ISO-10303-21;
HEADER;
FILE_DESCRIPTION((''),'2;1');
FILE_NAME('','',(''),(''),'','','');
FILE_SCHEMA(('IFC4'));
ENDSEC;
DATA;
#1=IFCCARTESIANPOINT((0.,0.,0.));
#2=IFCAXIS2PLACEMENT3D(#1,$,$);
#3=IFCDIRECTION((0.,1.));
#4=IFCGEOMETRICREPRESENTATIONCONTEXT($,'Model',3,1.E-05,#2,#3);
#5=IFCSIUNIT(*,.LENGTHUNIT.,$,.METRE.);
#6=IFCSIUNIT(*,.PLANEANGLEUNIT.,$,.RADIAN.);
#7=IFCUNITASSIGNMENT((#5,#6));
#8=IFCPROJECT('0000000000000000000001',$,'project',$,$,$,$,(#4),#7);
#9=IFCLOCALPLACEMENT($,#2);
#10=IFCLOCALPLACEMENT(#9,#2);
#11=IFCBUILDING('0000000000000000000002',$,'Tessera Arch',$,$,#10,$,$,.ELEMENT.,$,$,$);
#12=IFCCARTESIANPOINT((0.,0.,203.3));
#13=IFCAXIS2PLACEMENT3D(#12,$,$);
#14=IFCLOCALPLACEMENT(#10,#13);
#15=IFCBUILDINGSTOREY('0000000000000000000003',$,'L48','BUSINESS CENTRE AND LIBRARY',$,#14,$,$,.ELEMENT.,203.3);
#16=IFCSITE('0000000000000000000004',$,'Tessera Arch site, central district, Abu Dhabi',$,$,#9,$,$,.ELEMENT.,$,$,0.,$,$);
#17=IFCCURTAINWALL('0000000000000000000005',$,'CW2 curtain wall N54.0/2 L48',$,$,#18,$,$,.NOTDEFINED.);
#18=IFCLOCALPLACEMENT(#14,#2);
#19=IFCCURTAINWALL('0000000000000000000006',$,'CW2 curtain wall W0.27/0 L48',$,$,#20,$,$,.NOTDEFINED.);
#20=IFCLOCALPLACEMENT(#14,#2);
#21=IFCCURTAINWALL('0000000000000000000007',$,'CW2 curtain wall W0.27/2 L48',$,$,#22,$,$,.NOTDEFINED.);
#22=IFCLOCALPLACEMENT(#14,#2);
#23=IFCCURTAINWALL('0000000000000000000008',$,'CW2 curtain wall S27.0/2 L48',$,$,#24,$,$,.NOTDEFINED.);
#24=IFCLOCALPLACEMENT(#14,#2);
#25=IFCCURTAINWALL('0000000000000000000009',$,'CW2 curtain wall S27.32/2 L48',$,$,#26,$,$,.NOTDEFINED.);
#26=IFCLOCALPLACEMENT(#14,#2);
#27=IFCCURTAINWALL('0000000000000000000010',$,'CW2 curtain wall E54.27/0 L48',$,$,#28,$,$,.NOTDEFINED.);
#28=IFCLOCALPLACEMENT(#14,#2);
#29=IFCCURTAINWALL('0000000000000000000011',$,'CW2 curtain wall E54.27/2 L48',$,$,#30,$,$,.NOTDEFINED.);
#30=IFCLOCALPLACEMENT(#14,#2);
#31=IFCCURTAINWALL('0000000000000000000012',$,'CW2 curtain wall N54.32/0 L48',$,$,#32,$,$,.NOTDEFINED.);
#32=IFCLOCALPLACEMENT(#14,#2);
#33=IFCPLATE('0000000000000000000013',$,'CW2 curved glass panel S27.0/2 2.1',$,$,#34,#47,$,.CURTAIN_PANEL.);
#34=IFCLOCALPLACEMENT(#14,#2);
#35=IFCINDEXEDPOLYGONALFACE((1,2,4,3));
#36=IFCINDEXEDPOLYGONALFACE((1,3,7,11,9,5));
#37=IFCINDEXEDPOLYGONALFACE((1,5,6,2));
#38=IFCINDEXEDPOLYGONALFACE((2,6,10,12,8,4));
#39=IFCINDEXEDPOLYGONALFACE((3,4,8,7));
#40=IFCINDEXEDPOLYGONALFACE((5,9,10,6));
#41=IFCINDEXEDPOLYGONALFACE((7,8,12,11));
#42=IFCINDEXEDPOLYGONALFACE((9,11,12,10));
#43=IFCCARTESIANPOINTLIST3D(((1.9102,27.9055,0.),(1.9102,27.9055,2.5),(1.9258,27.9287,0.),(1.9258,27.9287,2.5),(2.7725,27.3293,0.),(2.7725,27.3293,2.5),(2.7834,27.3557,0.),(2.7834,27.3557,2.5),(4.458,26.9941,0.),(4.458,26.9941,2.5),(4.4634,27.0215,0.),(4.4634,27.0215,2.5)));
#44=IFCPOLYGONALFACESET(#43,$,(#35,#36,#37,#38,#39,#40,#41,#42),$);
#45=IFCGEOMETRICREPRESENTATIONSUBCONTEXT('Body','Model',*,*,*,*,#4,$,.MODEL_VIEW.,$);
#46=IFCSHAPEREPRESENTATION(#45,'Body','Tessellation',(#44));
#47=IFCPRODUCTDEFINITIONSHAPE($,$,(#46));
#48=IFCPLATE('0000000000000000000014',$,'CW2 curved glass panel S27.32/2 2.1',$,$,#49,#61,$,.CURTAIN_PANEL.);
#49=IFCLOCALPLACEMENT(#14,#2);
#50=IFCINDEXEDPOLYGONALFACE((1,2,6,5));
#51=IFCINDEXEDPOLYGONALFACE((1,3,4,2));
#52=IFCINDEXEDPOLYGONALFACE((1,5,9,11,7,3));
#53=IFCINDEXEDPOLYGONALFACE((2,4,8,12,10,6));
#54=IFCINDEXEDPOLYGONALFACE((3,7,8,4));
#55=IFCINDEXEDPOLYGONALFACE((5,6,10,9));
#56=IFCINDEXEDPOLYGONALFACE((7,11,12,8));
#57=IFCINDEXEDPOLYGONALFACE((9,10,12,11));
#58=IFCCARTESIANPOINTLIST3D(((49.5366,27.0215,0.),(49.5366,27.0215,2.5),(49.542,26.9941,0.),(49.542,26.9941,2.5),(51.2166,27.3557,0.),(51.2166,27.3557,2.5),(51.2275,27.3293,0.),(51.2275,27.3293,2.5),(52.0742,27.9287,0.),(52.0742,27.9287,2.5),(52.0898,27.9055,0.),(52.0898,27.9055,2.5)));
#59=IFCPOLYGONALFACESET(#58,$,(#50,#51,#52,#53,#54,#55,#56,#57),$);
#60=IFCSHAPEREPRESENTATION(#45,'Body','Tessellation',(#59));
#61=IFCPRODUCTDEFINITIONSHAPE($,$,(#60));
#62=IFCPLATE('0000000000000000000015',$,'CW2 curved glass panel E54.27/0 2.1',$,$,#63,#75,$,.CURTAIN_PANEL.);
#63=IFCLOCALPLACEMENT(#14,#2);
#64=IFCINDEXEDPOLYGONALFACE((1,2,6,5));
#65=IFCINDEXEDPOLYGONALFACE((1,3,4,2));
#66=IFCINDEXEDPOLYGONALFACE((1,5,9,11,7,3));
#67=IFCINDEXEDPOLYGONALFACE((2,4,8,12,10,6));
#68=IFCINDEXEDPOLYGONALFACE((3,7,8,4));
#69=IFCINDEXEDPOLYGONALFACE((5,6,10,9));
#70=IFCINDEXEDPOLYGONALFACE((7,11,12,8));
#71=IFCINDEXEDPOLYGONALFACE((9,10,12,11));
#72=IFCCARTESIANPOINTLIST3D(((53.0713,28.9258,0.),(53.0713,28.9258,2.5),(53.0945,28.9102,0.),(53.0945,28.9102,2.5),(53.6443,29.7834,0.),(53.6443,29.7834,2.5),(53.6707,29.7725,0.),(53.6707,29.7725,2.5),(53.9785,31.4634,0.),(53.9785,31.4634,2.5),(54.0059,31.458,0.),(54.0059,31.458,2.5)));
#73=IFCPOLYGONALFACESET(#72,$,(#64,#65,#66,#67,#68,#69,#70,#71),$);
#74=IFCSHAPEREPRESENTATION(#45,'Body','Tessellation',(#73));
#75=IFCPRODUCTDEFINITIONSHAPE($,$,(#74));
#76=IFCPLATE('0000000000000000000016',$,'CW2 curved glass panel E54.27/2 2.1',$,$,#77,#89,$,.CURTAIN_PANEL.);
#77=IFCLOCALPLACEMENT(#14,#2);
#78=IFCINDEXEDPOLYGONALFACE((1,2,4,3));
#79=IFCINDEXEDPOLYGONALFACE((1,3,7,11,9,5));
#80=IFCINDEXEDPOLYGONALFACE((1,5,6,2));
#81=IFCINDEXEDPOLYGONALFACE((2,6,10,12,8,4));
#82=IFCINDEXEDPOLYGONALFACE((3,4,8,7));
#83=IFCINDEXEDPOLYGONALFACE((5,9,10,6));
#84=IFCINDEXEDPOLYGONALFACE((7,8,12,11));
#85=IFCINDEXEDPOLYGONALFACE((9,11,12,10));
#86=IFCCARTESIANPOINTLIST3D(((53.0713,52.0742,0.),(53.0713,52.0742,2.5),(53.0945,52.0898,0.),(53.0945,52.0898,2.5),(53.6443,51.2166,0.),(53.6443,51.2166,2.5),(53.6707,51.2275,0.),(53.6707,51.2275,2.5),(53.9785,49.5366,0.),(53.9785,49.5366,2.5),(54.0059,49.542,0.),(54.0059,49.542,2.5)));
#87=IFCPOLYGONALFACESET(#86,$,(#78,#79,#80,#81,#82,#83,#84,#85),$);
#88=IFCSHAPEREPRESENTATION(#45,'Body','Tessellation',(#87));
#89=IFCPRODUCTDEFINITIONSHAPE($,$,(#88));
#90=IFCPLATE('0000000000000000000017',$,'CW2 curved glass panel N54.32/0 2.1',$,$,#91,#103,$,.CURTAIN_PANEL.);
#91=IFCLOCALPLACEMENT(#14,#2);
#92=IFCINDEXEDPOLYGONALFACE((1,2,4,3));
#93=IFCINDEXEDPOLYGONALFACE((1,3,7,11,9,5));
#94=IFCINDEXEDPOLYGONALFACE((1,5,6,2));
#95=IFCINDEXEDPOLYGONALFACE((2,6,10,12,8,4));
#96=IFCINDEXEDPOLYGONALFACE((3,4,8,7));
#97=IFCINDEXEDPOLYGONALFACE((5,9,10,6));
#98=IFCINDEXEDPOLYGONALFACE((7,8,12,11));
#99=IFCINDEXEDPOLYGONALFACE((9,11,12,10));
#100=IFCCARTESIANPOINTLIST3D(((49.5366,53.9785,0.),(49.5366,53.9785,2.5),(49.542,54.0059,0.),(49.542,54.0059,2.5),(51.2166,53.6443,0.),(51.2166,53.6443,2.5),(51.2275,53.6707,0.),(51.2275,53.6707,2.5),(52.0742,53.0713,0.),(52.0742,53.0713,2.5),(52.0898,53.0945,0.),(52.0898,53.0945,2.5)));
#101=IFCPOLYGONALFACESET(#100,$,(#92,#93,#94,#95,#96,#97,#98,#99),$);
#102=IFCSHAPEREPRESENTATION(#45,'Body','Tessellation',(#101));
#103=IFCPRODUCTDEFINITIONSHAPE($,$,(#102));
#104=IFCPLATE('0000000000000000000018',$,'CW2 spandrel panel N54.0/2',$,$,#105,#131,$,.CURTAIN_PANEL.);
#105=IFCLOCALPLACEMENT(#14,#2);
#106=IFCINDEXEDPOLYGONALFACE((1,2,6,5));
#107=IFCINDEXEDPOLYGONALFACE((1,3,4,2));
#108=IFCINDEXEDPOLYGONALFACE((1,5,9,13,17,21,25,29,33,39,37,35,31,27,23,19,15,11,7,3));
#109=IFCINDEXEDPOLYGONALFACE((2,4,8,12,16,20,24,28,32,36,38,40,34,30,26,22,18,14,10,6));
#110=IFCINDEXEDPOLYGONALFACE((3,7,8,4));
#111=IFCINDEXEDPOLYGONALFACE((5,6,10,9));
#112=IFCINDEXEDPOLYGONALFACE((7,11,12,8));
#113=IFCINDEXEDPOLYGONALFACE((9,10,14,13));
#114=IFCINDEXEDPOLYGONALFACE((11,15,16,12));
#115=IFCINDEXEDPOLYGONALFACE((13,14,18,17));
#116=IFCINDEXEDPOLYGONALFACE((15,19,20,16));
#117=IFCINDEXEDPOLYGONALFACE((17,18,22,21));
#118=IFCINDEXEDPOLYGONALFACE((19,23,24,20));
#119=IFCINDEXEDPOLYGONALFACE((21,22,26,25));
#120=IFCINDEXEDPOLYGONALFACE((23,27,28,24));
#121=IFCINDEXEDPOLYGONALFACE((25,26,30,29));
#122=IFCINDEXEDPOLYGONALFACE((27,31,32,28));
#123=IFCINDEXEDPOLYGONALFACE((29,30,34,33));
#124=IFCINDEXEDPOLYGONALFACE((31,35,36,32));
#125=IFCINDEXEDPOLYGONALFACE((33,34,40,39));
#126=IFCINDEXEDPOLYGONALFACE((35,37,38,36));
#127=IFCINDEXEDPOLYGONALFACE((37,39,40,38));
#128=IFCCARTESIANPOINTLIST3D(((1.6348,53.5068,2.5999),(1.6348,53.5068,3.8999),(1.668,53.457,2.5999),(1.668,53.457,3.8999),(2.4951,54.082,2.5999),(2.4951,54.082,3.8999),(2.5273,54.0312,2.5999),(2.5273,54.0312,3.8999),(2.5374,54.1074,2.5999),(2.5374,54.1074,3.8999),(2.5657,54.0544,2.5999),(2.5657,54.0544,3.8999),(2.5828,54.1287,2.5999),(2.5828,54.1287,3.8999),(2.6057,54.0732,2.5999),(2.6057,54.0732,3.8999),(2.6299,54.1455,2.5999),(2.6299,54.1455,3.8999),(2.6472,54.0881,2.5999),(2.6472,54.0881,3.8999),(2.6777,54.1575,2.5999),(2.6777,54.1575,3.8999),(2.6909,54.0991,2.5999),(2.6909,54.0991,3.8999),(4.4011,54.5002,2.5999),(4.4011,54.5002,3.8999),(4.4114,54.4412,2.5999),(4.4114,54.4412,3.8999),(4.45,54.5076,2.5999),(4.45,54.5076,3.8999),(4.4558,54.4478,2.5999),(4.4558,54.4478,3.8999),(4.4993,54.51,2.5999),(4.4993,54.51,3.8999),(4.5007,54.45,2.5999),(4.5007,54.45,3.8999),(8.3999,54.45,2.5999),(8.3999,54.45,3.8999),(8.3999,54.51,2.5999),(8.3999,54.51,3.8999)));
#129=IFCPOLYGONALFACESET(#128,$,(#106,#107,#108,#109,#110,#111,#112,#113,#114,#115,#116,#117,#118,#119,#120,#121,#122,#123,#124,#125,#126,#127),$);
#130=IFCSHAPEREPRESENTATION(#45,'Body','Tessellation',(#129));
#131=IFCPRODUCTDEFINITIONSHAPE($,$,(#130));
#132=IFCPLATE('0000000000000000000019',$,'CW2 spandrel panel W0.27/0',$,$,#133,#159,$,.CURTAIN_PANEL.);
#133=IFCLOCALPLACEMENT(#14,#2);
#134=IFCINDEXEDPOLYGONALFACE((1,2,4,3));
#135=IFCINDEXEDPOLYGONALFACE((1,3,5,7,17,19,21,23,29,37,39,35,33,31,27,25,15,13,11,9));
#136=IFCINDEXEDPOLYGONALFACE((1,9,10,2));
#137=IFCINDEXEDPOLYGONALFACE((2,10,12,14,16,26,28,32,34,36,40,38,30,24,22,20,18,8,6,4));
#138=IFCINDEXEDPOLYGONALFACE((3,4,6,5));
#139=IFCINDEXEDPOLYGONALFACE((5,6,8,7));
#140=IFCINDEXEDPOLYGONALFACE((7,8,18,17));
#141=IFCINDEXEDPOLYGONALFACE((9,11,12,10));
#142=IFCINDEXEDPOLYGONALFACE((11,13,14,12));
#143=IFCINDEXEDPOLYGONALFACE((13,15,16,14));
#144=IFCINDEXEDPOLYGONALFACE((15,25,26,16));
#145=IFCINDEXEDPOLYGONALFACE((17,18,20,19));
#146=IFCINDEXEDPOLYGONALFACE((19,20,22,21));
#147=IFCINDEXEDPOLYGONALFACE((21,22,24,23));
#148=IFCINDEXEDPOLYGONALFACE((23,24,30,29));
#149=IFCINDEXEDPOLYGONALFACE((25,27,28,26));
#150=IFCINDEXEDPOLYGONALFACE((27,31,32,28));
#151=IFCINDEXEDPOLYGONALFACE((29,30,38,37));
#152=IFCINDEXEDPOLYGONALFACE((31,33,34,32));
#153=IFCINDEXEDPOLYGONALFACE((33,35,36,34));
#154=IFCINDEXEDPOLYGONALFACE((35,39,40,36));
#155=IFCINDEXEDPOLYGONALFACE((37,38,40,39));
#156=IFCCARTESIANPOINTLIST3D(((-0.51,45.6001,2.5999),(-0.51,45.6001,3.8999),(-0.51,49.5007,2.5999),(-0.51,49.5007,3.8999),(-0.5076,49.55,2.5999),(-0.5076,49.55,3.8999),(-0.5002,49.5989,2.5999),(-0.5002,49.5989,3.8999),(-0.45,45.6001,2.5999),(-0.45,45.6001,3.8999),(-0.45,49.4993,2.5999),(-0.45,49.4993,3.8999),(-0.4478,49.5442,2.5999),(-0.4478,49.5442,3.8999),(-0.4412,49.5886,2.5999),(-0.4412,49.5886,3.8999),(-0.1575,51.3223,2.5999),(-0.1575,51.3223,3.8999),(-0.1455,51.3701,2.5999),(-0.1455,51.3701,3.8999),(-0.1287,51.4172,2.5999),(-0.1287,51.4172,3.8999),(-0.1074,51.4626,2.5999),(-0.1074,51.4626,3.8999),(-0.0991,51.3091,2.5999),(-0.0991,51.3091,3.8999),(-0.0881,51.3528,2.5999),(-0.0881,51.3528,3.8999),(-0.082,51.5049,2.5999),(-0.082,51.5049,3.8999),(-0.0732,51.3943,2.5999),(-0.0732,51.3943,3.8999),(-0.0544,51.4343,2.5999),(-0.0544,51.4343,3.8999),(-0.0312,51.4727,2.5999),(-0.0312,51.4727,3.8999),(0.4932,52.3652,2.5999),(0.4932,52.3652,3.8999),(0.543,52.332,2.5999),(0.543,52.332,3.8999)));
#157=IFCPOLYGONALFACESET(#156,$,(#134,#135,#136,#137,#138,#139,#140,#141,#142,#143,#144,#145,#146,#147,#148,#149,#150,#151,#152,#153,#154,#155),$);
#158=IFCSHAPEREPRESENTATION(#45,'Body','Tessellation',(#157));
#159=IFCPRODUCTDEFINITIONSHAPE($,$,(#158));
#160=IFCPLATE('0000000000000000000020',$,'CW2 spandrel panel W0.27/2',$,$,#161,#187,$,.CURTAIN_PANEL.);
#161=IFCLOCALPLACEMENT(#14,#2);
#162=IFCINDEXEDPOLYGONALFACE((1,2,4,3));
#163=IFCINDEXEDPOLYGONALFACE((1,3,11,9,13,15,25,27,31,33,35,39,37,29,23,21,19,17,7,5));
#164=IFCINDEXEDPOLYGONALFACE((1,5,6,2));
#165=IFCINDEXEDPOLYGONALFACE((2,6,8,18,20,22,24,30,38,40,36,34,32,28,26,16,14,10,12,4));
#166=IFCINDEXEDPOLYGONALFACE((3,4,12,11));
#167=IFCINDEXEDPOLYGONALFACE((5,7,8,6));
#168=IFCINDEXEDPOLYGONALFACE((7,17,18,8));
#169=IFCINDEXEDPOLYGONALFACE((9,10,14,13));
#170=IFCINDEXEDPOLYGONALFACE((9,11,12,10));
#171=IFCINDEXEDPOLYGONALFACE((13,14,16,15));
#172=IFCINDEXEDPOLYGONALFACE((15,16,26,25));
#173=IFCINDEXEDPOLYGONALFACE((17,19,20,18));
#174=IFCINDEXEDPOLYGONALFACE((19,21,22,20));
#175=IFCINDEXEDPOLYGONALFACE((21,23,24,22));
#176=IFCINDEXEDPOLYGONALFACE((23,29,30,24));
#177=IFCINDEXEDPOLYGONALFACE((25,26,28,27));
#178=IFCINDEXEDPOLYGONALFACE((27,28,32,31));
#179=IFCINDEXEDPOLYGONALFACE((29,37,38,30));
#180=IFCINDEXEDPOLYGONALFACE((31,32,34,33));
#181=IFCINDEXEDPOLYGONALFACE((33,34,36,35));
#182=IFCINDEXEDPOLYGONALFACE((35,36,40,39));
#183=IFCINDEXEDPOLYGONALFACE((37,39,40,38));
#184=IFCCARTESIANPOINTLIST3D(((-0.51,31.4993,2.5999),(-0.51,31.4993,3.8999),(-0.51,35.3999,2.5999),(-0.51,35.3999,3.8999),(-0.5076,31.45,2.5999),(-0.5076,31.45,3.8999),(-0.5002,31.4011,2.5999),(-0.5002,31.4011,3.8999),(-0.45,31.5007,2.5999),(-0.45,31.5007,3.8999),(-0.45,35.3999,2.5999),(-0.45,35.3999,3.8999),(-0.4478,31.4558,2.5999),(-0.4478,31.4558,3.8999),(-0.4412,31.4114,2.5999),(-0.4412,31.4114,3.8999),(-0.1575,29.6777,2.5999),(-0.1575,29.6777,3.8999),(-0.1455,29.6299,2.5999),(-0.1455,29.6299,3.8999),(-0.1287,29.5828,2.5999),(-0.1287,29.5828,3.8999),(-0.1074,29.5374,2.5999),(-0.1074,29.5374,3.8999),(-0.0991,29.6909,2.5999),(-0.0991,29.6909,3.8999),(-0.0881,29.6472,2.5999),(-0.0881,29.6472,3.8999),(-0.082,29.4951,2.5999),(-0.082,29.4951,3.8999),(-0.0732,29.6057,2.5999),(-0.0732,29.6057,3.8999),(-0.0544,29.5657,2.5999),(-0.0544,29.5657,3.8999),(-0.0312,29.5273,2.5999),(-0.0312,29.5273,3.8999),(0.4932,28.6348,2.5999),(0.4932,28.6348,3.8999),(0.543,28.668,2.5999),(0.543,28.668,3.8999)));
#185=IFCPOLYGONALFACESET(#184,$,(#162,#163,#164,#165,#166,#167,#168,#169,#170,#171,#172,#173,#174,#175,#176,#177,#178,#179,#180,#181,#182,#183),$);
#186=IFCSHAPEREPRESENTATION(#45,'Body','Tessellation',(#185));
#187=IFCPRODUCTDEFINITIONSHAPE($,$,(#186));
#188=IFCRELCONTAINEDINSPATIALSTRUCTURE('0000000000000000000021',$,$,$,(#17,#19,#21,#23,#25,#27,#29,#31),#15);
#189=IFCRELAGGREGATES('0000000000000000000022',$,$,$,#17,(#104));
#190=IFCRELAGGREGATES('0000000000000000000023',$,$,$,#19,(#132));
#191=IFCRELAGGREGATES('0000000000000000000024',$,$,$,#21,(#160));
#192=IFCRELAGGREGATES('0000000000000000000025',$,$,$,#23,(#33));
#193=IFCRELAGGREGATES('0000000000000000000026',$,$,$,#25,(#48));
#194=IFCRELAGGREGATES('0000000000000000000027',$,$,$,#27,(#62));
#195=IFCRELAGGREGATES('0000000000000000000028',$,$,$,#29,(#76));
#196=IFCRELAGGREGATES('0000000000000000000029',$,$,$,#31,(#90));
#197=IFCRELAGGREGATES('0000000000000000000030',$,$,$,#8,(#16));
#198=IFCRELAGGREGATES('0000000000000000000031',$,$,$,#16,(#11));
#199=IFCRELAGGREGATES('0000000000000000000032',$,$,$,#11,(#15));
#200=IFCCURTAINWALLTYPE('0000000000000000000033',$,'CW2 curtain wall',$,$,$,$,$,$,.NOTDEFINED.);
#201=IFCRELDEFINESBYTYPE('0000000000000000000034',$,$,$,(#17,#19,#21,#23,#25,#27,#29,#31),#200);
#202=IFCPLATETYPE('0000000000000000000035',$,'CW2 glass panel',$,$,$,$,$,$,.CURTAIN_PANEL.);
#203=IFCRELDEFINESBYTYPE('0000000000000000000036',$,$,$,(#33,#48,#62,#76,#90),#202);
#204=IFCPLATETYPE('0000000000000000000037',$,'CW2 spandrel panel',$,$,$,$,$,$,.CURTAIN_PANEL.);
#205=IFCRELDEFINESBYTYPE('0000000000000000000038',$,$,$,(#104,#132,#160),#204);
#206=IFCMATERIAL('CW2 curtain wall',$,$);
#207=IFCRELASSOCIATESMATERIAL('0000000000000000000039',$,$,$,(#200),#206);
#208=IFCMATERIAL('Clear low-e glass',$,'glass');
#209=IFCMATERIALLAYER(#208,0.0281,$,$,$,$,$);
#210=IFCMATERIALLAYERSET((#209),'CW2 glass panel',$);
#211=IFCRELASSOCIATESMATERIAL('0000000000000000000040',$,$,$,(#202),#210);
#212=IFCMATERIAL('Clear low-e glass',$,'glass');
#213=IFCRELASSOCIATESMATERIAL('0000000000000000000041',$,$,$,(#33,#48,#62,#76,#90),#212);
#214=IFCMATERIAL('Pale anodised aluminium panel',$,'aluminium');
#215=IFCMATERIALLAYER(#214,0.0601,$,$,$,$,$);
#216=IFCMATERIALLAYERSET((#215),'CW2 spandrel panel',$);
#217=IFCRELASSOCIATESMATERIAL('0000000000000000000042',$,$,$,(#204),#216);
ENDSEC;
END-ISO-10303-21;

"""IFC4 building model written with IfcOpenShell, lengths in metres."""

from ifc_helpers import new_model, si_unit, direction, frame, origin, place, context, subcontext, project, spatial, polyline, outline, extrude, material, layer, layer_set, type_object, element, aggregate, save


model = new_model("IFC4")

# Units and contexts
model_context = context("Model", 3, precision=1e-05, world=origin(), true_north=direction((0.0, 1.0)))
body_context = subcontext(model_context, "Body", "Model", "MODEL_VIEW")
ifc_project = project(units=[si_unit("LENGTHUNIT", "METRE"), si_unit("PLANEANGLEUNIT", "RADIAN")], contexts=[model_context])

# Site, building, storey
site_placement = place(None, origin())
site = spatial("IfcSite", under=ifc_project, at=site_placement, Name="Tessera Arch site, central district, Abu Dhabi", CompositionType="ELEMENT", RefElevation=0.0)
building_placement = place(site_placement, origin())
building = spatial("IfcBuilding", under=site, at=building_placement, Name="Tessera Arch", CompositionType="ELEMENT")
storey_placement = place(building_placement, frame((0.0, 0.0, 203.3)))
storey = spatial("IfcBuildingStorey", under=building, at=storey_placement, Name="L48", Description="BUSINESS CENTRE AND LIBRARY", CompositionType="ELEMENT", Elevation=203.3)

# Curtain walls
ifc_material_1 = material(Name="CW2 curtain wall")
curtain_wall_type = type_object("IfcCurtainWallType", Name="CW2 curtain wall", PredefinedType="NOTDEFINED", material=ifc_material_1)
curtain_wall_1_placement = place(storey_placement, origin())
curtain_wall_1 = element("IfcCurtainWall", 1, at=curtain_wall_1_placement, inside=storey, type_object=curtain_wall_type, Name="CW2 curtain wall N54.0/2 L48", PredefinedType="NOTDEFINED")
curtain_wall_2_placement = place(storey_placement, origin())
curtain_wall_2 = element("IfcCurtainWall", 2, at=curtain_wall_2_placement, inside=storey, type_object=curtain_wall_type, Name="CW2 curtain wall W0.27/0 L48", PredefinedType="NOTDEFINED")
curtain_wall_3_placement = place(storey_placement, origin())
curtain_wall_3 = element("IfcCurtainWall", 3, at=curtain_wall_3_placement, inside=storey, type_object=curtain_wall_type, Name="CW2 curtain wall W0.27/2 L48", PredefinedType="NOTDEFINED")
curtain_wall_4_placement = place(storey_placement, origin())
curtain_wall_4 = element("IfcCurtainWall", 4, at=curtain_wall_4_placement, inside=storey, type_object=curtain_wall_type, Name="CW2 curtain wall S27.0/2 L48", PredefinedType="NOTDEFINED")
curtain_wall_5_placement = place(storey_placement, origin())
curtain_wall_5 = element("IfcCurtainWall", 5, at=curtain_wall_5_placement, inside=storey, type_object=curtain_wall_type, Name="CW2 curtain wall S27.32/2 L48", PredefinedType="NOTDEFINED")
curtain_wall_6_placement = place(storey_placement, origin())
curtain_wall_6 = element("IfcCurtainWall", 6, at=curtain_wall_6_placement, inside=storey, type_object=curtain_wall_type, Name="CW2 curtain wall E54.27/0 L48", PredefinedType="NOTDEFINED")
curtain_wall_7_placement = place(storey_placement, origin())
curtain_wall_7 = element("IfcCurtainWall", 7, at=curtain_wall_7_placement, inside=storey, type_object=curtain_wall_type, Name="CW2 curtain wall E54.27/2 L48", PredefinedType="NOTDEFINED")
curtain_wall_8_placement = place(storey_placement, origin())
curtain_wall_8 = element("IfcCurtainWall", 8, at=curtain_wall_8_placement, inside=storey, type_object=curtain_wall_type, Name="CW2 curtain wall N54.32/0 L48", PredefinedType="NOTDEFINED")

# Plates
ifc_material_2 = material(Name="Clear low-e glass", Category="glass")
ifc_material_3 = material(Name="Clear low-e glass", Category="glass")
ifc_layer_1 = layer(ifc_material_3, 0.0281)
ifc_layer_set_1 = layer_set([ifc_layer_1], Name="CW2 glass panel")
plate_type_1 = type_object("IfcPlateType", Name="CW2 glass panel", PredefinedType="CURTAIN_PANEL", material=ifc_layer_set_1)
plate_1_placement = place(storey_placement, origin())
plate_1 = element("IfcPlate", 9, at=plate_1_placement, type_object=plate_type_1, material=ifc_material_2, Name="CW2 curved glass panel S27.0/2 2.1", PredefinedType="CURTAIN_PANEL", context=body_context, shape_type="SweptSolid", body=[
    extrude(outline(polyline([(2.7834, 27.3557), (1.9258, 27.9287), (1.9102, 27.9055), (2.7725, 27.3293), (4.458, 26.9941), (4.4634, 27.0215), (2.7834, 27.3557)])), origin(), (0.0, 0.0, 1.0), 2.5),
])
plate_2_placement = place(storey_placement, origin())
plate_2 = element("IfcPlate", 10, at=plate_2_placement, type_object=plate_type_1, material=ifc_material_2, Name="CW2 curved glass panel S27.32/2 2.1", PredefinedType="CURTAIN_PANEL", context=body_context, shape_type="SweptSolid", body=[
    extrude(outline(polyline([(51.2166, 27.3557), (49.5366, 27.0215), (49.542, 26.9941), (51.2275, 27.3293), (52.0898, 27.9055), (52.0742, 27.9287), (51.2166, 27.3557)])), origin(), (0.0, 0.0, 1.0), 2.5),
])
plate_3_placement = place(storey_placement, origin())
plate_3 = element("IfcPlate", 11, at=plate_3_placement, type_object=plate_type_1, material=ifc_material_2, Name="CW2 curved glass panel E54.27/0 2.1", PredefinedType="CURTAIN_PANEL", context=body_context, shape_type="SweptSolid", body=[
    extrude(outline(polyline([(53.6443, 29.7834), (53.0713, 28.9258), (53.0945, 28.9102), (53.6707, 29.7725), (54.0059, 31.458), (53.9785, 31.4634), (53.6443, 29.7834)])), origin(), (0.0, 0.0, 1.0), 2.5),
])
plate_4_placement = place(storey_placement, origin())
plate_4 = element("IfcPlate", 12, at=plate_4_placement, type_object=plate_type_1, material=ifc_material_2, Name="CW2 curved glass panel E54.27/2 2.1", PredefinedType="CURTAIN_PANEL", context=body_context, shape_type="SweptSolid", body=[
    extrude(outline(polyline([(53.6443, 51.2166), (53.9785, 49.5366), (54.0059, 49.542), (53.6707, 51.2275), (53.0945, 52.0898), (53.0713, 52.0742), (53.6443, 51.2166)])), origin(), (0.0, 0.0, 1.0), 2.5),
])
plate_5_placement = place(storey_placement, origin())
plate_5 = element("IfcPlate", 13, at=plate_5_placement, type_object=plate_type_1, material=ifc_material_2, Name="CW2 curved glass panel N54.32/0 2.1", PredefinedType="CURTAIN_PANEL", context=body_context, shape_type="SweptSolid", body=[
    extrude(outline(polyline([(51.2166, 53.6443), (52.0742, 53.0713), (52.0898, 53.0945), (51.2275, 53.6707), (49.542, 54.0059), (49.5366, 53.9785), (51.2166, 53.6443)])), origin(), (0.0, 0.0, 1.0), 2.5),
])
ifc_material_4 = material(Name="Pale anodised aluminium panel", Category="aluminium")
ifc_layer_2 = layer(ifc_material_4, 0.0601)
ifc_layer_set_2 = layer_set([ifc_layer_2], Name="CW2 spandrel panel")
plate_type_2 = type_object("IfcPlateType", Name="CW2 spandrel panel", PredefinedType="CURTAIN_PANEL", material=ifc_layer_set_2)
plate_6_placement = place(storey_placement, frame((0.0, 0.0, 2.5999)))
plate_6 = element("IfcPlate", 14, at=plate_6_placement, type_object=plate_type_2, Name="CW2 spandrel panel N54.0/2", PredefinedType="CURTAIN_PANEL", context=body_context, shape_type="SweptSolid", body=[
    extrude(outline(polyline([(4.5007, 54.45), (8.3999, 54.45), (8.3999, 54.51), (4.4993, 54.51), (4.45, 54.5076), (4.4011, 54.5002), (2.6777, 54.1575), (2.6299, 54.1455), (2.5828, 54.1287), (2.5374, 54.1074), (2.4951, 54.082), (1.6348, 53.5068), (1.668, 53.457), (2.5273, 54.0312), (2.5657, 54.0544), (2.6057, 54.0732), (2.6472, 54.0881), (2.6909, 54.0991), (4.4114, 54.4412), (4.4558, 54.4478), (4.5007, 54.45)])), origin(), (0.0, 0.0, 1.0), 1.3),
])
aggregate(curtain_wall_1, [plate_6])
plate_7_placement = place(storey_placement, frame((0.0, 0.0, 2.5999)))
plate_7 = element("IfcPlate", 15, at=plate_7_placement, type_object=plate_type_2, Name="CW2 spandrel panel W0.27/0", PredefinedType="CURTAIN_PANEL", context=body_context, shape_type="SweptSolid", body=[
    extrude(outline(polyline([(-0.0312, 51.4727), (0.543, 52.332), (0.4932, 52.3652), (-0.082, 51.5049), (-0.1074, 51.4626), (-0.1287, 51.4172), (-0.1455, 51.3701), (-0.1575, 51.3223), (-0.5002, 49.5989), (-0.5076, 49.55), (-0.51, 49.5007), (-0.51, 45.6001), (-0.45, 45.6001), (-0.45, 49.4993), (-0.4478, 49.5442), (-0.4412, 49.5886), (-0.0991, 51.3091), (-0.0881, 51.3528), (-0.0732, 51.3943), (-0.0544, 51.4343), (-0.0312, 51.4727)])), origin(), (0.0, 0.0, 1.0), 1.3),
])
aggregate(curtain_wall_2, [plate_7])
plate_8_placement = place(storey_placement, frame((0.0, 0.0, 2.5999)))
plate_8 = element("IfcPlate", 16, at=plate_8_placement, type_object=plate_type_2, Name="CW2 spandrel panel W0.27/2", PredefinedType="CURTAIN_PANEL", context=body_context, shape_type="SweptSolid", body=[
    extrude(outline(polyline([(-0.45, 31.5007), (-0.45, 35.3999), (-0.51, 35.3999), (-0.51, 31.4993), (-0.5076, 31.45), (-0.5002, 31.4011), (-0.1575, 29.6777), (-0.1455, 29.6299), (-0.1287, 29.5828), (-0.1074, 29.5374), (-0.082, 29.4951), (0.4932, 28.6348), (0.543, 28.668), (-0.0312, 29.5273), (-0.0544, 29.5657), (-0.0732, 29.6057), (-0.0881, 29.6472), (-0.0991, 29.6909), (-0.4412, 31.4114), (-0.4478, 31.4558), (-0.45, 31.5007)])), origin(), (0.0, 0.0, 1.0), 1.3),
])
aggregate(curtain_wall_3, [plate_8])
aggregate(curtain_wall_4, [plate_1])
aggregate(curtain_wall_5, [plate_2])
aggregate(curtain_wall_6, [plate_3])
aggregate(curtain_wall_7, [plate_4])
aggregate(curtain_wall_8, [plate_5])

save(model, "model.ifc")
